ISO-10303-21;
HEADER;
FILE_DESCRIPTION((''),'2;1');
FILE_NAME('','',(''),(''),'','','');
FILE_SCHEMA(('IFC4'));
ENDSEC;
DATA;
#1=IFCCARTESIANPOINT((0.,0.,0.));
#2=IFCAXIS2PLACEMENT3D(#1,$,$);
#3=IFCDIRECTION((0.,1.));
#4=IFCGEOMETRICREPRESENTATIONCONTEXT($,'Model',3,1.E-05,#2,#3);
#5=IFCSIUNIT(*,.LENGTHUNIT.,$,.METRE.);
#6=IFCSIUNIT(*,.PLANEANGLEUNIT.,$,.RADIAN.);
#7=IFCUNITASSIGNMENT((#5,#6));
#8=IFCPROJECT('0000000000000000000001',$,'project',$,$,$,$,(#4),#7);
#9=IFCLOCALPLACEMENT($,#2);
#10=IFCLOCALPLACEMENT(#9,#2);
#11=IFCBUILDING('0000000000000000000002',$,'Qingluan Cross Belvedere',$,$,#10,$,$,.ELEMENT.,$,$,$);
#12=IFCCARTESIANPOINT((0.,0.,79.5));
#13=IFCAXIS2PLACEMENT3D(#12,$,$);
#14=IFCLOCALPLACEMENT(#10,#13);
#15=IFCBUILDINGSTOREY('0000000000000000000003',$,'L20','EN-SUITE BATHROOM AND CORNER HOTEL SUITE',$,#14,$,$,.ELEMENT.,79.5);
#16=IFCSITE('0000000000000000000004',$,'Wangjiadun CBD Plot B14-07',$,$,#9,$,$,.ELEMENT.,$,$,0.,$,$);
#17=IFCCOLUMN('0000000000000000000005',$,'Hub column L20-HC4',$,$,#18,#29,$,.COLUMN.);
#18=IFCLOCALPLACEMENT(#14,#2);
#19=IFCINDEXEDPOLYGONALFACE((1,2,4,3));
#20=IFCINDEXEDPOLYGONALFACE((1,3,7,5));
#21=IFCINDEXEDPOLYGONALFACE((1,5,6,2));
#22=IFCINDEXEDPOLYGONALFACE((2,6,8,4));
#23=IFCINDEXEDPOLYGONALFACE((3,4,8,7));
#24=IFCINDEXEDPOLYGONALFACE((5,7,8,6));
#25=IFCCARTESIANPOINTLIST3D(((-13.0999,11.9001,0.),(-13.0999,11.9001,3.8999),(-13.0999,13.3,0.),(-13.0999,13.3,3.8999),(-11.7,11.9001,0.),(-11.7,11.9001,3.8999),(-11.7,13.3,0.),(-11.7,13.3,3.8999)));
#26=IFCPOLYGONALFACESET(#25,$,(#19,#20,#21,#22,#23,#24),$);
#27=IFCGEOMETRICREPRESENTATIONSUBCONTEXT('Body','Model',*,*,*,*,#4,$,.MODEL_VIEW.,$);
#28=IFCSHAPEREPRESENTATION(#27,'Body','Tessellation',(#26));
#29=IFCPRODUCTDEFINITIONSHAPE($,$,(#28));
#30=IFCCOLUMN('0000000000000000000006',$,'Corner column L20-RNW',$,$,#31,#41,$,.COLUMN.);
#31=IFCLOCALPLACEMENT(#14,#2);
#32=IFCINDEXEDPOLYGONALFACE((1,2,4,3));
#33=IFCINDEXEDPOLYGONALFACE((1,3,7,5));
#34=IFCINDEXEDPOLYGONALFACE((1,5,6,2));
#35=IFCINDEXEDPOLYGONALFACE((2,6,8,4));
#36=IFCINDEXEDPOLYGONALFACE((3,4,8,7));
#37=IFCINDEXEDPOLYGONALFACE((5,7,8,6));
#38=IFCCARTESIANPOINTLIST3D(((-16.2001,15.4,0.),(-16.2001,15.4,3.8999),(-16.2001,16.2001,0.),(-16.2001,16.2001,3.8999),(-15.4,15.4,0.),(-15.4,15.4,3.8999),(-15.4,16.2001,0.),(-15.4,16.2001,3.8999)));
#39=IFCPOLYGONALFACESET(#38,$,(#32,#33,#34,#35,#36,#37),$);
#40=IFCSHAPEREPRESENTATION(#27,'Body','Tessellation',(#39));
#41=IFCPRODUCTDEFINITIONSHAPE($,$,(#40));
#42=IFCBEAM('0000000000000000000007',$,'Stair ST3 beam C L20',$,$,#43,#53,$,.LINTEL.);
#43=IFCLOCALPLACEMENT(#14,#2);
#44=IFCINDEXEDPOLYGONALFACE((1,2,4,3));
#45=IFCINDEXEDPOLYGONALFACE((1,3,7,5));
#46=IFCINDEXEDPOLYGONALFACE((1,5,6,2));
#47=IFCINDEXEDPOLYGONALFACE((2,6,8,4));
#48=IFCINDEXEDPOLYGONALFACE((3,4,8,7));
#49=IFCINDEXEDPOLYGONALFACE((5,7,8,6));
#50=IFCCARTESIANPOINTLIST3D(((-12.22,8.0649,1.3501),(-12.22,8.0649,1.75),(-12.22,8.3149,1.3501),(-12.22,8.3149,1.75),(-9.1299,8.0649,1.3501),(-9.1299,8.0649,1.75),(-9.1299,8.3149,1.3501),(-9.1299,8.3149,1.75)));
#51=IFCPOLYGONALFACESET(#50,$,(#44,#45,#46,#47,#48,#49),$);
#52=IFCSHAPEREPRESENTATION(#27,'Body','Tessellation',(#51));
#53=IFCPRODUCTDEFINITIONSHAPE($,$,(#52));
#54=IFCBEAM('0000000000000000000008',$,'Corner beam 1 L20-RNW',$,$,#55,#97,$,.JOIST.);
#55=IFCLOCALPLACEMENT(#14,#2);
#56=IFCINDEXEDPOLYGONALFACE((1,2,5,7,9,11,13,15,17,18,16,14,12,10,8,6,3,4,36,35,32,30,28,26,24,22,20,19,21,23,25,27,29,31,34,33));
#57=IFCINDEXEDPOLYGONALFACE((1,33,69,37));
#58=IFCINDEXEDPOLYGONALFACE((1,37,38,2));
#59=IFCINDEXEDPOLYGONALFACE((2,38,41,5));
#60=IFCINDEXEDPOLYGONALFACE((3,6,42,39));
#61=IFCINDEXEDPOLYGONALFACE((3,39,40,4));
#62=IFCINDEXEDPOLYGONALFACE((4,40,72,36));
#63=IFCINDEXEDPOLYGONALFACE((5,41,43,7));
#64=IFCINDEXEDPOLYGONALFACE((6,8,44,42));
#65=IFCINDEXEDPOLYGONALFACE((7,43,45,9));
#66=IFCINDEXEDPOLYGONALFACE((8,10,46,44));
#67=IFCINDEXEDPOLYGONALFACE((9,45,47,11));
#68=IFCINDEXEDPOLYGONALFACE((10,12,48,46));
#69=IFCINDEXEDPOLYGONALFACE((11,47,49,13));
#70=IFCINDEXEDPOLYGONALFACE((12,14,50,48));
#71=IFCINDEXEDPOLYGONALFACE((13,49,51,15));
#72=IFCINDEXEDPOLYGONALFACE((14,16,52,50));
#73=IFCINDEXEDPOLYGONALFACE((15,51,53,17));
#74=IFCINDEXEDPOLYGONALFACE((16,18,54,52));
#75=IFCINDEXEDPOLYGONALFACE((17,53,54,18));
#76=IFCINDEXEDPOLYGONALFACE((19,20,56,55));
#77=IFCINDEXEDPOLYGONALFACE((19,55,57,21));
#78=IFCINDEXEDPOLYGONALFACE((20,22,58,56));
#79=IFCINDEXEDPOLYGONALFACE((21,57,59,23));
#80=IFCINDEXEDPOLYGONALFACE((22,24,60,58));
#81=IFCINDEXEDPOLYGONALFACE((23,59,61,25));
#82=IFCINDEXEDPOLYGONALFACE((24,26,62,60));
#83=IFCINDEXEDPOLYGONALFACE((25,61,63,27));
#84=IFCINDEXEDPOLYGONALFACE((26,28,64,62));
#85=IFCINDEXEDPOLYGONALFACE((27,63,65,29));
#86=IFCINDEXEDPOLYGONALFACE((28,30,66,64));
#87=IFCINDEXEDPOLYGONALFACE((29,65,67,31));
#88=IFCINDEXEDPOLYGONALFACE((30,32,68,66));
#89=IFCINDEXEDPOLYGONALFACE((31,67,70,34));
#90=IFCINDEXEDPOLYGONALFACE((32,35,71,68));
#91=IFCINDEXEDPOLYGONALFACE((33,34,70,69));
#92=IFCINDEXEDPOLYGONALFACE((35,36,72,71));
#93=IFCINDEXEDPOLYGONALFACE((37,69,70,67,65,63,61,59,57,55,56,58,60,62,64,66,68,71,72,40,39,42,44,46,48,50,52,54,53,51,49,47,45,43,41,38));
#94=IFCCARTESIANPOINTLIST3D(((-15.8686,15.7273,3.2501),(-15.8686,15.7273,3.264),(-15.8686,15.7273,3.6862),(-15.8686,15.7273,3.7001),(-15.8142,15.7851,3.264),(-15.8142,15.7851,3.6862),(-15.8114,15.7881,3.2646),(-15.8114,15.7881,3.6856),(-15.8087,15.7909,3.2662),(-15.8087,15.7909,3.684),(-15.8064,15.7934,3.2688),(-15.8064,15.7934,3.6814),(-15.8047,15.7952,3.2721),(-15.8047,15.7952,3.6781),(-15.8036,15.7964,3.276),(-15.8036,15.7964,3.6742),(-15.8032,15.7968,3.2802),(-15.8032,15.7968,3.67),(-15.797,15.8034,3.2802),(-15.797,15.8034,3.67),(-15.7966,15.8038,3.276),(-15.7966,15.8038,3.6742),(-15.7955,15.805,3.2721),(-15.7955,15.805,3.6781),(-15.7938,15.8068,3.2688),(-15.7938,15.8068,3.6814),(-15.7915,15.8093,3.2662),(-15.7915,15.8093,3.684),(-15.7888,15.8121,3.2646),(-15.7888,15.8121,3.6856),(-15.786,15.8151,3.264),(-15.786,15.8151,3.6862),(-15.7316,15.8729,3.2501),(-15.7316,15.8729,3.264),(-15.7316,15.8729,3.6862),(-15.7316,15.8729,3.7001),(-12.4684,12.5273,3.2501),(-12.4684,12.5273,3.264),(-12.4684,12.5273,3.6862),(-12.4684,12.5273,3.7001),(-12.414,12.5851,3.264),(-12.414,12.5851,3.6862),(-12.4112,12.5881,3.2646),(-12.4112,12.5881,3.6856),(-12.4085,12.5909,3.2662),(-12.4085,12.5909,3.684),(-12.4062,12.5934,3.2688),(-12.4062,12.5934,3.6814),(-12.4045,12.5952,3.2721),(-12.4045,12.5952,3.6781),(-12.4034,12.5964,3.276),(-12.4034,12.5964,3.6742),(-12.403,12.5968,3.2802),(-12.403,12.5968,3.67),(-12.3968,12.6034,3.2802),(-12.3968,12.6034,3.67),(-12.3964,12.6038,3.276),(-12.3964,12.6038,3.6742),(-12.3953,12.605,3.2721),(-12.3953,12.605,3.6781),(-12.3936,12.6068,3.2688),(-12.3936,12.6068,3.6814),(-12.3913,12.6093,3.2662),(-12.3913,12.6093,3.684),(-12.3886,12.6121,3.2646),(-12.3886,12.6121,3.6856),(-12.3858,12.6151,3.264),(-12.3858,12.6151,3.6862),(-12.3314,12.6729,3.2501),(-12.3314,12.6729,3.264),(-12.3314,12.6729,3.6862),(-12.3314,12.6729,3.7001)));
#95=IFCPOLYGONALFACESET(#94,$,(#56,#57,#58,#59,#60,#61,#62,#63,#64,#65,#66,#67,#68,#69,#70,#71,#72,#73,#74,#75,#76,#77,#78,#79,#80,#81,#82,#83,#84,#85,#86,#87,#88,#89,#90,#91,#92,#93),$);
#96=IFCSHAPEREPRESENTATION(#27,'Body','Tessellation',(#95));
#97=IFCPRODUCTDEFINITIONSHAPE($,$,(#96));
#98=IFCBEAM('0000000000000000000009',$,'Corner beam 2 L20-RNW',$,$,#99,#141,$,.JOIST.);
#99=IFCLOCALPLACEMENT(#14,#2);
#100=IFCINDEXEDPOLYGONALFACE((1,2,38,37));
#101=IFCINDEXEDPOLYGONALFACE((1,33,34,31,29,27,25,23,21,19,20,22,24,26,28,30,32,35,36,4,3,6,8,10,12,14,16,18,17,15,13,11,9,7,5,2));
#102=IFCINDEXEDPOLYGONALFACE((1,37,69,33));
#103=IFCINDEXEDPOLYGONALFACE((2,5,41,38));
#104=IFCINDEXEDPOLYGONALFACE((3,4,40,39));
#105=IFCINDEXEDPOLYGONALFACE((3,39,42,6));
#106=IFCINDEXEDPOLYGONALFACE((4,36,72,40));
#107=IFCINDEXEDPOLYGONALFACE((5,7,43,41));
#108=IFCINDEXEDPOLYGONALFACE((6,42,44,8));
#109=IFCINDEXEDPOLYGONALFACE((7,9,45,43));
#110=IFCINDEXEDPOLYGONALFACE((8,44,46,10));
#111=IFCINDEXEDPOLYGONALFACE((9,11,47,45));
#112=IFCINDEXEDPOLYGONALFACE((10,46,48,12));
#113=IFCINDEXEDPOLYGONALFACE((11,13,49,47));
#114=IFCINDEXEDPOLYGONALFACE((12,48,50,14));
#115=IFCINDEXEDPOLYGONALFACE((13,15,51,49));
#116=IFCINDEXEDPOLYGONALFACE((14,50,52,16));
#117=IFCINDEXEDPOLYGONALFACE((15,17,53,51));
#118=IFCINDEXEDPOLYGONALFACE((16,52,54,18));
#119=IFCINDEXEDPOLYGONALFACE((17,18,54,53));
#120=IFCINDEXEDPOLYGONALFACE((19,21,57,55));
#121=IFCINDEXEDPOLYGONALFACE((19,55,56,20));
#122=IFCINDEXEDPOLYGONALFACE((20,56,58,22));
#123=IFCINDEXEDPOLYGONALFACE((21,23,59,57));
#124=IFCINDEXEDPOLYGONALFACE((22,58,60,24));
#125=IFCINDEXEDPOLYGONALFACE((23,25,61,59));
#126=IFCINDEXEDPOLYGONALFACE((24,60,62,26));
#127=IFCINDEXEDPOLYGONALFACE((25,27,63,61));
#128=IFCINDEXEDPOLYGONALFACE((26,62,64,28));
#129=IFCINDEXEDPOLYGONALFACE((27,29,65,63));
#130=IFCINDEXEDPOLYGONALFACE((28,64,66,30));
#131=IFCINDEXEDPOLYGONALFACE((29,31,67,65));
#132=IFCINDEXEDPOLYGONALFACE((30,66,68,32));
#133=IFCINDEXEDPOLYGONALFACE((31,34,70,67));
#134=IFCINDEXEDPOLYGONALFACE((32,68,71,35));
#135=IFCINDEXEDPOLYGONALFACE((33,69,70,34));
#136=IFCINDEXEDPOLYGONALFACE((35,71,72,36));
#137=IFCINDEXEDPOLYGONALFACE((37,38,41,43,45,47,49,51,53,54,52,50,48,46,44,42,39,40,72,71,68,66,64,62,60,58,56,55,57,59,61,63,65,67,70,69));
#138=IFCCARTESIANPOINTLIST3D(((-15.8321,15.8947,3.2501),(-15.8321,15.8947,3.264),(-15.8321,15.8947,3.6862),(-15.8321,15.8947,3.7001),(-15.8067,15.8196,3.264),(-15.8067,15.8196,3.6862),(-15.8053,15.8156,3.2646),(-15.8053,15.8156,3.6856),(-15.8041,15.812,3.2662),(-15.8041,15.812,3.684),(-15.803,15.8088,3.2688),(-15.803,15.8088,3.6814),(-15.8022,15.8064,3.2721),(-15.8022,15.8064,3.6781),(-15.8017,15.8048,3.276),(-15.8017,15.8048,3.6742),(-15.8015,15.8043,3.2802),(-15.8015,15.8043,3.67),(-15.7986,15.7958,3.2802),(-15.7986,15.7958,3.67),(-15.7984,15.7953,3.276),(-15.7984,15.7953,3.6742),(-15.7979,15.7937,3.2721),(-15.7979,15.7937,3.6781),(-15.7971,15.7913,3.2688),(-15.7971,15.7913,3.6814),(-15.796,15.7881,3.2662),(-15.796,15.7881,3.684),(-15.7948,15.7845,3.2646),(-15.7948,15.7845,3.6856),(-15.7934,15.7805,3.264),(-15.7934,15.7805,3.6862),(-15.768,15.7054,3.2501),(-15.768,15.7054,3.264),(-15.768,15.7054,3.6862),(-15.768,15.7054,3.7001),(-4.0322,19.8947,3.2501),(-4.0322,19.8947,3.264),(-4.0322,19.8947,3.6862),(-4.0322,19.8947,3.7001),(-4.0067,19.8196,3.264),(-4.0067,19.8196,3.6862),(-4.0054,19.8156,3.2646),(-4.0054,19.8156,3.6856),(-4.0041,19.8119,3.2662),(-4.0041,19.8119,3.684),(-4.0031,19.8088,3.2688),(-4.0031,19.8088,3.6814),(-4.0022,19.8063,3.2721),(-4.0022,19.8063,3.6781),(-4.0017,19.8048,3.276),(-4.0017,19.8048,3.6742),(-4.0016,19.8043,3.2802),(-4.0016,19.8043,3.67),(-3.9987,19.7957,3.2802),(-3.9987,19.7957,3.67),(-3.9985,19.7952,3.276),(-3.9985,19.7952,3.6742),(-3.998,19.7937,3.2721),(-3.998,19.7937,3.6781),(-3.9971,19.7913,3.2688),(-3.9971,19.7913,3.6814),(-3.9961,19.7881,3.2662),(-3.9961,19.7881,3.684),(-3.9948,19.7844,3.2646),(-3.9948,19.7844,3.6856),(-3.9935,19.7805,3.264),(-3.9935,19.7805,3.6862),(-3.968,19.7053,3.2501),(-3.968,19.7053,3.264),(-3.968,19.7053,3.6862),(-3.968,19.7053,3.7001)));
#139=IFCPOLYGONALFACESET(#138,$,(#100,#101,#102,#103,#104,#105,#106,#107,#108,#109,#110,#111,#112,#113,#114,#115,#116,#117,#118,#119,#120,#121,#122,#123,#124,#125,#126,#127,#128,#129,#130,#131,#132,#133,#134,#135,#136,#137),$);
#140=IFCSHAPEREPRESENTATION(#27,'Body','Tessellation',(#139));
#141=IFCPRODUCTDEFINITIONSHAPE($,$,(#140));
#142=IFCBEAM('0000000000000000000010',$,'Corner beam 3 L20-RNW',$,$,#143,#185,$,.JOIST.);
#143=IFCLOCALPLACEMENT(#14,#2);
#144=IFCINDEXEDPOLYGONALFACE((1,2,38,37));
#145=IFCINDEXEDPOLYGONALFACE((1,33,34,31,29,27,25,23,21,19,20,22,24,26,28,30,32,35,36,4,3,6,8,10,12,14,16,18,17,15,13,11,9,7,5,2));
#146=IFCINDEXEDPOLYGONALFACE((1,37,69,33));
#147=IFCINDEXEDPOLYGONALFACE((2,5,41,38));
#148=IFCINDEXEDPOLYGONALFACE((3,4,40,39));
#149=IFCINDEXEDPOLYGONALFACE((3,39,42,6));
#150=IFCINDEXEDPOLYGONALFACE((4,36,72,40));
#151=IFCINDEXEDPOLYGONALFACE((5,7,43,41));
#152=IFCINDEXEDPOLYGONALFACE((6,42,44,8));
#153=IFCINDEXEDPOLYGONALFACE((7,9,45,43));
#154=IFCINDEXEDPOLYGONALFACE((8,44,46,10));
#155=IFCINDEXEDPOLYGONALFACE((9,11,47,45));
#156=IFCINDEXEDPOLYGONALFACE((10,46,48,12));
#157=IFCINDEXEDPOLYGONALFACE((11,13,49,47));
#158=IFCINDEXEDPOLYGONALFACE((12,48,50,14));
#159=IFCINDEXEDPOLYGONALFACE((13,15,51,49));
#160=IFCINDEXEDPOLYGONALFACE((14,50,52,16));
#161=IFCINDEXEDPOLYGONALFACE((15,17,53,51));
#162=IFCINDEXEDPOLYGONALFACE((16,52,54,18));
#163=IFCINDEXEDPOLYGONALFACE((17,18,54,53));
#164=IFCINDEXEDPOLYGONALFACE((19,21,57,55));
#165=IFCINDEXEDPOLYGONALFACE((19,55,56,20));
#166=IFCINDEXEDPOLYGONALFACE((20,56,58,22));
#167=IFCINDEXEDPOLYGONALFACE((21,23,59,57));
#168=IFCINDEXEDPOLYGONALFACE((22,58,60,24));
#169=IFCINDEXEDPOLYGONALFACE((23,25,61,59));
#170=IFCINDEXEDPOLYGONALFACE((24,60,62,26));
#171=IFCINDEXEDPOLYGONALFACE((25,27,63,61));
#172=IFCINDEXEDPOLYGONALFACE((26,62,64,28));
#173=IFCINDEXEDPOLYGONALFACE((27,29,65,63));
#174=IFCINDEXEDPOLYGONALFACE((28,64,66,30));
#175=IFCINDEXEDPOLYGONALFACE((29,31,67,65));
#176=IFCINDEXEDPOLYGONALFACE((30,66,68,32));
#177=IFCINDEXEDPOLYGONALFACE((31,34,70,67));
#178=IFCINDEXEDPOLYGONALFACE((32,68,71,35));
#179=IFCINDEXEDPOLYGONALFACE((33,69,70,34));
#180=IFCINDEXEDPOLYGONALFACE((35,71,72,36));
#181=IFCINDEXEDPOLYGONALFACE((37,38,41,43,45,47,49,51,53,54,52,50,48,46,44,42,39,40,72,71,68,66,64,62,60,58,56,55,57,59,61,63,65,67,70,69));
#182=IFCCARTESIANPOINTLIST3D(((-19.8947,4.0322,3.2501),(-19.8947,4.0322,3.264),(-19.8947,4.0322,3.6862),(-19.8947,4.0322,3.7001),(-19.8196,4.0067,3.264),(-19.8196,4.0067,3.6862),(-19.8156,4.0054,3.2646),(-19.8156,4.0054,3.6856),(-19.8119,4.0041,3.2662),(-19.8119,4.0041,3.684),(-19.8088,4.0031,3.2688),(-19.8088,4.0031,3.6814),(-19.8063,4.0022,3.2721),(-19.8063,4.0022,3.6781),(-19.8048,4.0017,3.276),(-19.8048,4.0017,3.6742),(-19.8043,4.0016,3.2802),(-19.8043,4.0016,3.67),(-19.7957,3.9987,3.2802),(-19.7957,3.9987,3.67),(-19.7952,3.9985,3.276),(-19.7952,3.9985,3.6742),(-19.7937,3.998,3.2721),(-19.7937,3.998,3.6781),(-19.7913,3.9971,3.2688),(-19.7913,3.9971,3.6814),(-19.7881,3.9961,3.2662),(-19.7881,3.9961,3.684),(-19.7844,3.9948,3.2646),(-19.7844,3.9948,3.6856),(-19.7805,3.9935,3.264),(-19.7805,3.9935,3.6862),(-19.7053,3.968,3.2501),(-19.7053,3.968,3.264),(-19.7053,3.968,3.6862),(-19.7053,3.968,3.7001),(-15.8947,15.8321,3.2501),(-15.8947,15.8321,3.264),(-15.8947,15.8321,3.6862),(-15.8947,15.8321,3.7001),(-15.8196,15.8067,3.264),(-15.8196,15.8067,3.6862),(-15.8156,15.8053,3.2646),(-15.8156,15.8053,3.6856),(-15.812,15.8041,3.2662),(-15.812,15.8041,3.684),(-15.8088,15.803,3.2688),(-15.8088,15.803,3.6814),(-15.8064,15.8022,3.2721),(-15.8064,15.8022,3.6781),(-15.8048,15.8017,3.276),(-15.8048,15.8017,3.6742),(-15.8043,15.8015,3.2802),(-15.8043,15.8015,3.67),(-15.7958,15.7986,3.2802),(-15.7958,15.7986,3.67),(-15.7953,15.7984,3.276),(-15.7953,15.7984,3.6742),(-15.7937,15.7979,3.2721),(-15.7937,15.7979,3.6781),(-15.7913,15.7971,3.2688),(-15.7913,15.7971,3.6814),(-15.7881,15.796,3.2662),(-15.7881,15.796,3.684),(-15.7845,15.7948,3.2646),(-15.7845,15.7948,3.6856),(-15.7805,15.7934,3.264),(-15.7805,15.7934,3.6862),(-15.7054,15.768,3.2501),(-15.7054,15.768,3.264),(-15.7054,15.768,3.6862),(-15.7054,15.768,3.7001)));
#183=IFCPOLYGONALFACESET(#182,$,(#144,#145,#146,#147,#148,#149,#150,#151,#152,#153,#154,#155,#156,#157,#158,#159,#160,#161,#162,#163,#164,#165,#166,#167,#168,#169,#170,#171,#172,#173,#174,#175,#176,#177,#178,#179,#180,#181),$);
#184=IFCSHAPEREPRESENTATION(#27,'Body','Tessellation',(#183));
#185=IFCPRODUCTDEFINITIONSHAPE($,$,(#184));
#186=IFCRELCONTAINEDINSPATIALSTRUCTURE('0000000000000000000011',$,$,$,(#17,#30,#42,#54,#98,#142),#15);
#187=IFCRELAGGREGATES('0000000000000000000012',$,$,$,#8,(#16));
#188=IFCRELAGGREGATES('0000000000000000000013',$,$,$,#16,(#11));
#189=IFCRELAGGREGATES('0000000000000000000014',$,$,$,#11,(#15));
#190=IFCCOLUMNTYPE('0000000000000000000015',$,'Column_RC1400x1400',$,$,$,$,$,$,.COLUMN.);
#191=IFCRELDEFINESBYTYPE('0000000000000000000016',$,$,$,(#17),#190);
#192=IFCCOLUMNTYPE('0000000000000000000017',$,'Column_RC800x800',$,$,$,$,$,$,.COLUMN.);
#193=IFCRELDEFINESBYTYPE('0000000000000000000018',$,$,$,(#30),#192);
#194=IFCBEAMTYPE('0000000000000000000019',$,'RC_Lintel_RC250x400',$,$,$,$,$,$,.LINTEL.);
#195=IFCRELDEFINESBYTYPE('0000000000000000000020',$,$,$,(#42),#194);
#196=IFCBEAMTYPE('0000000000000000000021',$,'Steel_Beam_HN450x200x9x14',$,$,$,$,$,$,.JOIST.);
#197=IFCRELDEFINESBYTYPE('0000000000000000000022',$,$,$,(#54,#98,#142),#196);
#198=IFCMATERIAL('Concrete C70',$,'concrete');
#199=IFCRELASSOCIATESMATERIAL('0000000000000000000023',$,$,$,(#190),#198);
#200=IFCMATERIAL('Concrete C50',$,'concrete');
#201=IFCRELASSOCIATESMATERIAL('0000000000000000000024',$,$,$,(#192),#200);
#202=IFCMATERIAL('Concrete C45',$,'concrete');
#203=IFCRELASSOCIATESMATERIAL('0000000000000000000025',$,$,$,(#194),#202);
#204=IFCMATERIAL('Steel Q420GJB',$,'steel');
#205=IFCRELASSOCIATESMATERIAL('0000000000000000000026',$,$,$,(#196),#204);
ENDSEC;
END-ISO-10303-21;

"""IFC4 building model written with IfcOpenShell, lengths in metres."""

from ifc_helpers import new_model, si_unit, direction, frame, origin, origin_2d, place, context, subcontext, project, spatial, rectangle, i_section, extrude, material, material_profile, profile_set, type_object, element, save


model = new_model("IFC4")

# Units and contexts
model_context = context("Model", 3, precision=1e-05, world=origin(), true_north=direction((0.0, 1.0)))
body_context = subcontext(model_context, "Body", "Model", "MODEL_VIEW")
ifc_project = project(units=[si_unit("LENGTHUNIT", "METRE"), si_unit("PLANEANGLEUNIT", "RADIAN")], contexts=[model_context])

# Site, building, storey
site_placement = place(None, origin())
site = spatial("IfcSite", under=ifc_project, at=site_placement, Name="Wangjiadun CBD Plot B14-07", CompositionType="ELEMENT", RefElevation=0.0)
building_placement = place(site_placement, origin())
building = spatial("IfcBuilding", under=site, at=building_placement, Name="Qingluan Cross Belvedere", CompositionType="ELEMENT")
storey_placement = place(building_placement, frame((0.0, 0.0, 79.5)))
storey = spatial("IfcBuildingStorey", under=building, at=storey_placement, Name="L20", Description="EN-SUITE BATHROOM AND CORNER HOTEL SUITE", CompositionType="ELEMENT", Elevation=79.5)

# Columns
ifc_material_1 = material(Name="Concrete C70", Category="concrete")
ifc_material_profile_1 = material_profile(ifc_material_1, rectangle(XDim=1.3999, YDim=1.3999, at=origin_2d()), Name="RC1400x1400")
ifc_profile_set_1 = profile_set([ifc_material_profile_1], Name="Concrete C70")
column_type_1 = type_object("IfcColumnType", Name="Column_RC1400x1400", PredefinedType="COLUMN", material=ifc_profile_set_1)
column_1_placement = place(storey_placement, frame((-12.3999, 12.6001, 0.0), z_axis=(0.0, 0.0, 1.0), x_axis=(1.0, 0.0, 0.0)))
element("IfcColumn", 1, at=column_1_placement, inside=storey, type_object=column_type_1, Name="Hub column L20-HC4", PredefinedType="COLUMN", context=body_context, shape_type="SweptSolid", body=[
    extrude(rectangle(XDim=1.3999, YDim=1.3999, at=origin_2d()), origin(), (0.0, 0.0, 1.0), 3.8999),
])
ifc_material_2 = material(Name="Concrete C50", Category="concrete")
ifc_material_profile_2 = material_profile(ifc_material_2, rectangle(XDim=0.8, YDim=0.8, at=origin_2d()), Name="RC800x800")
ifc_profile_set_2 = profile_set([ifc_material_profile_2], Name="Concrete C50")
column_type_2 = type_object("IfcColumnType", Name="Column_RC800x800", PredefinedType="COLUMN", material=ifc_profile_set_2)
column_2_placement = place(storey_placement, frame((-15.8, 15.8, 0.0), z_axis=(0.0, 0.0, 1.0), x_axis=(1.0, 0.0, 0.0)))
element("IfcColumn", 2, at=column_2_placement, inside=storey, type_object=column_type_2, Name="Corner column L20-RNW", PredefinedType="COLUMN", context=body_context, shape_type="SweptSolid", body=[
    extrude(rectangle(XDim=0.8, YDim=0.8, at=origin_2d()), origin(), (0.0, 0.0, 1.0), 3.8999),
])

# Beams
ifc_material_3 = material(Name="Concrete C45", Category="concrete")
ifc_material_profile_3 = material_profile(ifc_material_3, rectangle(XDim=0.25, YDim=0.3999, at=origin_2d()), Name="RC250x400")
ifc_profile_set_3 = profile_set([ifc_material_profile_3], Name="Concrete C45")
beam_type_1 = type_object("IfcBeamType", Name="RC_Lintel_RC250x400", PredefinedType="LINTEL", material=ifc_profile_set_3)
beam_1_placement = place(storey_placement, frame((-12.22, 8.1899, 1.55), z_axis=(1.0, 0.0, 0.0), x_axis=(0.0, 1.0, 0.0)))
element("IfcBeam", 3, at=beam_1_placement, inside=storey, type_object=beam_type_1, Name="Stair ST3 beam C L20", PredefinedType="LINTEL", context=body_context, shape_type="SweptSolid", body=[
    extrude(rectangle(XDim=0.25, YDim=0.3999, at=origin_2d()), origin(), (0.0, 0.0, 1.0), 3.0901),
])
ifc_material_4 = material(Name="Steel Q420GJB", Category="steel")
ifc_material_profile_4 = material_profile(ifc_material_4, i_section(OverallWidth=0.2, OverallDepth=0.45, WebThickness=0.009, FlangeThickness=0.0139, FilletRadius=0.0161, at=origin_2d()), Name="HN450x200x9x14")
ifc_profile_set_4 = profile_set([ifc_material_profile_4], Name="Steel Q420GJB")
beam_type_2 = type_object("IfcBeamType", Name="Steel_Beam_HN450x200x9x14", PredefinedType="JOIST", material=ifc_profile_set_4)
beam_2_placement = place(storey_placement, frame((-12.3999, 12.6001, 3.4751), z_axis=(-0.72822, 0.685343, 0.0), x_axis=(-0.685343, -0.72822, 0.0)))
element("IfcBeam", 4, at=beam_2_placement, inside=storey, type_object=beam_type_2, Name="Corner beam 1 L20-RNW", PredefinedType="JOIST", context=body_context, shape_type="SweptSolid", body=[
    extrude(i_section(OverallWidth=0.2, OverallDepth=0.45, WebThickness=0.009, FlangeThickness=0.0139, FilletRadius=0.0161, at=origin_2d()), origin(), (0.0, 0.0, 1.0), 4.6692),
])
for number, where, z_axis, x_axis, name in (
    (5, (-15.8, 15.8, 3.4751), (0.947066, 0.321038, 0.0), (-0.321038, 0.947066, 0.0), "Corner beam 2 L20-RNW"),
    (6, (-15.8, 15.8, 3.4751), (-0.321038, -0.947066, 0.0), (0.947066, -0.321038, 0.0), "Corner beam 3 L20-RNW"),
):
    element("IfcBeam", number, at=place(storey_placement, frame(where, z_axis=z_axis, x_axis=x_axis)), inside=storey, type_object=beam_type_2, Name=name, PredefinedType="JOIST", context=body_context, shape_type="SweptSolid", body=[
        extrude(i_section(OverallWidth=0.2, OverallDepth=0.45, WebThickness=0.009, FlangeThickness=0.0139, FilletRadius=0.0161, at=origin_2d()), origin(), (0.0, 0.0, 1.0), 12.4595),
    ])

save(model, "model.ifc")
